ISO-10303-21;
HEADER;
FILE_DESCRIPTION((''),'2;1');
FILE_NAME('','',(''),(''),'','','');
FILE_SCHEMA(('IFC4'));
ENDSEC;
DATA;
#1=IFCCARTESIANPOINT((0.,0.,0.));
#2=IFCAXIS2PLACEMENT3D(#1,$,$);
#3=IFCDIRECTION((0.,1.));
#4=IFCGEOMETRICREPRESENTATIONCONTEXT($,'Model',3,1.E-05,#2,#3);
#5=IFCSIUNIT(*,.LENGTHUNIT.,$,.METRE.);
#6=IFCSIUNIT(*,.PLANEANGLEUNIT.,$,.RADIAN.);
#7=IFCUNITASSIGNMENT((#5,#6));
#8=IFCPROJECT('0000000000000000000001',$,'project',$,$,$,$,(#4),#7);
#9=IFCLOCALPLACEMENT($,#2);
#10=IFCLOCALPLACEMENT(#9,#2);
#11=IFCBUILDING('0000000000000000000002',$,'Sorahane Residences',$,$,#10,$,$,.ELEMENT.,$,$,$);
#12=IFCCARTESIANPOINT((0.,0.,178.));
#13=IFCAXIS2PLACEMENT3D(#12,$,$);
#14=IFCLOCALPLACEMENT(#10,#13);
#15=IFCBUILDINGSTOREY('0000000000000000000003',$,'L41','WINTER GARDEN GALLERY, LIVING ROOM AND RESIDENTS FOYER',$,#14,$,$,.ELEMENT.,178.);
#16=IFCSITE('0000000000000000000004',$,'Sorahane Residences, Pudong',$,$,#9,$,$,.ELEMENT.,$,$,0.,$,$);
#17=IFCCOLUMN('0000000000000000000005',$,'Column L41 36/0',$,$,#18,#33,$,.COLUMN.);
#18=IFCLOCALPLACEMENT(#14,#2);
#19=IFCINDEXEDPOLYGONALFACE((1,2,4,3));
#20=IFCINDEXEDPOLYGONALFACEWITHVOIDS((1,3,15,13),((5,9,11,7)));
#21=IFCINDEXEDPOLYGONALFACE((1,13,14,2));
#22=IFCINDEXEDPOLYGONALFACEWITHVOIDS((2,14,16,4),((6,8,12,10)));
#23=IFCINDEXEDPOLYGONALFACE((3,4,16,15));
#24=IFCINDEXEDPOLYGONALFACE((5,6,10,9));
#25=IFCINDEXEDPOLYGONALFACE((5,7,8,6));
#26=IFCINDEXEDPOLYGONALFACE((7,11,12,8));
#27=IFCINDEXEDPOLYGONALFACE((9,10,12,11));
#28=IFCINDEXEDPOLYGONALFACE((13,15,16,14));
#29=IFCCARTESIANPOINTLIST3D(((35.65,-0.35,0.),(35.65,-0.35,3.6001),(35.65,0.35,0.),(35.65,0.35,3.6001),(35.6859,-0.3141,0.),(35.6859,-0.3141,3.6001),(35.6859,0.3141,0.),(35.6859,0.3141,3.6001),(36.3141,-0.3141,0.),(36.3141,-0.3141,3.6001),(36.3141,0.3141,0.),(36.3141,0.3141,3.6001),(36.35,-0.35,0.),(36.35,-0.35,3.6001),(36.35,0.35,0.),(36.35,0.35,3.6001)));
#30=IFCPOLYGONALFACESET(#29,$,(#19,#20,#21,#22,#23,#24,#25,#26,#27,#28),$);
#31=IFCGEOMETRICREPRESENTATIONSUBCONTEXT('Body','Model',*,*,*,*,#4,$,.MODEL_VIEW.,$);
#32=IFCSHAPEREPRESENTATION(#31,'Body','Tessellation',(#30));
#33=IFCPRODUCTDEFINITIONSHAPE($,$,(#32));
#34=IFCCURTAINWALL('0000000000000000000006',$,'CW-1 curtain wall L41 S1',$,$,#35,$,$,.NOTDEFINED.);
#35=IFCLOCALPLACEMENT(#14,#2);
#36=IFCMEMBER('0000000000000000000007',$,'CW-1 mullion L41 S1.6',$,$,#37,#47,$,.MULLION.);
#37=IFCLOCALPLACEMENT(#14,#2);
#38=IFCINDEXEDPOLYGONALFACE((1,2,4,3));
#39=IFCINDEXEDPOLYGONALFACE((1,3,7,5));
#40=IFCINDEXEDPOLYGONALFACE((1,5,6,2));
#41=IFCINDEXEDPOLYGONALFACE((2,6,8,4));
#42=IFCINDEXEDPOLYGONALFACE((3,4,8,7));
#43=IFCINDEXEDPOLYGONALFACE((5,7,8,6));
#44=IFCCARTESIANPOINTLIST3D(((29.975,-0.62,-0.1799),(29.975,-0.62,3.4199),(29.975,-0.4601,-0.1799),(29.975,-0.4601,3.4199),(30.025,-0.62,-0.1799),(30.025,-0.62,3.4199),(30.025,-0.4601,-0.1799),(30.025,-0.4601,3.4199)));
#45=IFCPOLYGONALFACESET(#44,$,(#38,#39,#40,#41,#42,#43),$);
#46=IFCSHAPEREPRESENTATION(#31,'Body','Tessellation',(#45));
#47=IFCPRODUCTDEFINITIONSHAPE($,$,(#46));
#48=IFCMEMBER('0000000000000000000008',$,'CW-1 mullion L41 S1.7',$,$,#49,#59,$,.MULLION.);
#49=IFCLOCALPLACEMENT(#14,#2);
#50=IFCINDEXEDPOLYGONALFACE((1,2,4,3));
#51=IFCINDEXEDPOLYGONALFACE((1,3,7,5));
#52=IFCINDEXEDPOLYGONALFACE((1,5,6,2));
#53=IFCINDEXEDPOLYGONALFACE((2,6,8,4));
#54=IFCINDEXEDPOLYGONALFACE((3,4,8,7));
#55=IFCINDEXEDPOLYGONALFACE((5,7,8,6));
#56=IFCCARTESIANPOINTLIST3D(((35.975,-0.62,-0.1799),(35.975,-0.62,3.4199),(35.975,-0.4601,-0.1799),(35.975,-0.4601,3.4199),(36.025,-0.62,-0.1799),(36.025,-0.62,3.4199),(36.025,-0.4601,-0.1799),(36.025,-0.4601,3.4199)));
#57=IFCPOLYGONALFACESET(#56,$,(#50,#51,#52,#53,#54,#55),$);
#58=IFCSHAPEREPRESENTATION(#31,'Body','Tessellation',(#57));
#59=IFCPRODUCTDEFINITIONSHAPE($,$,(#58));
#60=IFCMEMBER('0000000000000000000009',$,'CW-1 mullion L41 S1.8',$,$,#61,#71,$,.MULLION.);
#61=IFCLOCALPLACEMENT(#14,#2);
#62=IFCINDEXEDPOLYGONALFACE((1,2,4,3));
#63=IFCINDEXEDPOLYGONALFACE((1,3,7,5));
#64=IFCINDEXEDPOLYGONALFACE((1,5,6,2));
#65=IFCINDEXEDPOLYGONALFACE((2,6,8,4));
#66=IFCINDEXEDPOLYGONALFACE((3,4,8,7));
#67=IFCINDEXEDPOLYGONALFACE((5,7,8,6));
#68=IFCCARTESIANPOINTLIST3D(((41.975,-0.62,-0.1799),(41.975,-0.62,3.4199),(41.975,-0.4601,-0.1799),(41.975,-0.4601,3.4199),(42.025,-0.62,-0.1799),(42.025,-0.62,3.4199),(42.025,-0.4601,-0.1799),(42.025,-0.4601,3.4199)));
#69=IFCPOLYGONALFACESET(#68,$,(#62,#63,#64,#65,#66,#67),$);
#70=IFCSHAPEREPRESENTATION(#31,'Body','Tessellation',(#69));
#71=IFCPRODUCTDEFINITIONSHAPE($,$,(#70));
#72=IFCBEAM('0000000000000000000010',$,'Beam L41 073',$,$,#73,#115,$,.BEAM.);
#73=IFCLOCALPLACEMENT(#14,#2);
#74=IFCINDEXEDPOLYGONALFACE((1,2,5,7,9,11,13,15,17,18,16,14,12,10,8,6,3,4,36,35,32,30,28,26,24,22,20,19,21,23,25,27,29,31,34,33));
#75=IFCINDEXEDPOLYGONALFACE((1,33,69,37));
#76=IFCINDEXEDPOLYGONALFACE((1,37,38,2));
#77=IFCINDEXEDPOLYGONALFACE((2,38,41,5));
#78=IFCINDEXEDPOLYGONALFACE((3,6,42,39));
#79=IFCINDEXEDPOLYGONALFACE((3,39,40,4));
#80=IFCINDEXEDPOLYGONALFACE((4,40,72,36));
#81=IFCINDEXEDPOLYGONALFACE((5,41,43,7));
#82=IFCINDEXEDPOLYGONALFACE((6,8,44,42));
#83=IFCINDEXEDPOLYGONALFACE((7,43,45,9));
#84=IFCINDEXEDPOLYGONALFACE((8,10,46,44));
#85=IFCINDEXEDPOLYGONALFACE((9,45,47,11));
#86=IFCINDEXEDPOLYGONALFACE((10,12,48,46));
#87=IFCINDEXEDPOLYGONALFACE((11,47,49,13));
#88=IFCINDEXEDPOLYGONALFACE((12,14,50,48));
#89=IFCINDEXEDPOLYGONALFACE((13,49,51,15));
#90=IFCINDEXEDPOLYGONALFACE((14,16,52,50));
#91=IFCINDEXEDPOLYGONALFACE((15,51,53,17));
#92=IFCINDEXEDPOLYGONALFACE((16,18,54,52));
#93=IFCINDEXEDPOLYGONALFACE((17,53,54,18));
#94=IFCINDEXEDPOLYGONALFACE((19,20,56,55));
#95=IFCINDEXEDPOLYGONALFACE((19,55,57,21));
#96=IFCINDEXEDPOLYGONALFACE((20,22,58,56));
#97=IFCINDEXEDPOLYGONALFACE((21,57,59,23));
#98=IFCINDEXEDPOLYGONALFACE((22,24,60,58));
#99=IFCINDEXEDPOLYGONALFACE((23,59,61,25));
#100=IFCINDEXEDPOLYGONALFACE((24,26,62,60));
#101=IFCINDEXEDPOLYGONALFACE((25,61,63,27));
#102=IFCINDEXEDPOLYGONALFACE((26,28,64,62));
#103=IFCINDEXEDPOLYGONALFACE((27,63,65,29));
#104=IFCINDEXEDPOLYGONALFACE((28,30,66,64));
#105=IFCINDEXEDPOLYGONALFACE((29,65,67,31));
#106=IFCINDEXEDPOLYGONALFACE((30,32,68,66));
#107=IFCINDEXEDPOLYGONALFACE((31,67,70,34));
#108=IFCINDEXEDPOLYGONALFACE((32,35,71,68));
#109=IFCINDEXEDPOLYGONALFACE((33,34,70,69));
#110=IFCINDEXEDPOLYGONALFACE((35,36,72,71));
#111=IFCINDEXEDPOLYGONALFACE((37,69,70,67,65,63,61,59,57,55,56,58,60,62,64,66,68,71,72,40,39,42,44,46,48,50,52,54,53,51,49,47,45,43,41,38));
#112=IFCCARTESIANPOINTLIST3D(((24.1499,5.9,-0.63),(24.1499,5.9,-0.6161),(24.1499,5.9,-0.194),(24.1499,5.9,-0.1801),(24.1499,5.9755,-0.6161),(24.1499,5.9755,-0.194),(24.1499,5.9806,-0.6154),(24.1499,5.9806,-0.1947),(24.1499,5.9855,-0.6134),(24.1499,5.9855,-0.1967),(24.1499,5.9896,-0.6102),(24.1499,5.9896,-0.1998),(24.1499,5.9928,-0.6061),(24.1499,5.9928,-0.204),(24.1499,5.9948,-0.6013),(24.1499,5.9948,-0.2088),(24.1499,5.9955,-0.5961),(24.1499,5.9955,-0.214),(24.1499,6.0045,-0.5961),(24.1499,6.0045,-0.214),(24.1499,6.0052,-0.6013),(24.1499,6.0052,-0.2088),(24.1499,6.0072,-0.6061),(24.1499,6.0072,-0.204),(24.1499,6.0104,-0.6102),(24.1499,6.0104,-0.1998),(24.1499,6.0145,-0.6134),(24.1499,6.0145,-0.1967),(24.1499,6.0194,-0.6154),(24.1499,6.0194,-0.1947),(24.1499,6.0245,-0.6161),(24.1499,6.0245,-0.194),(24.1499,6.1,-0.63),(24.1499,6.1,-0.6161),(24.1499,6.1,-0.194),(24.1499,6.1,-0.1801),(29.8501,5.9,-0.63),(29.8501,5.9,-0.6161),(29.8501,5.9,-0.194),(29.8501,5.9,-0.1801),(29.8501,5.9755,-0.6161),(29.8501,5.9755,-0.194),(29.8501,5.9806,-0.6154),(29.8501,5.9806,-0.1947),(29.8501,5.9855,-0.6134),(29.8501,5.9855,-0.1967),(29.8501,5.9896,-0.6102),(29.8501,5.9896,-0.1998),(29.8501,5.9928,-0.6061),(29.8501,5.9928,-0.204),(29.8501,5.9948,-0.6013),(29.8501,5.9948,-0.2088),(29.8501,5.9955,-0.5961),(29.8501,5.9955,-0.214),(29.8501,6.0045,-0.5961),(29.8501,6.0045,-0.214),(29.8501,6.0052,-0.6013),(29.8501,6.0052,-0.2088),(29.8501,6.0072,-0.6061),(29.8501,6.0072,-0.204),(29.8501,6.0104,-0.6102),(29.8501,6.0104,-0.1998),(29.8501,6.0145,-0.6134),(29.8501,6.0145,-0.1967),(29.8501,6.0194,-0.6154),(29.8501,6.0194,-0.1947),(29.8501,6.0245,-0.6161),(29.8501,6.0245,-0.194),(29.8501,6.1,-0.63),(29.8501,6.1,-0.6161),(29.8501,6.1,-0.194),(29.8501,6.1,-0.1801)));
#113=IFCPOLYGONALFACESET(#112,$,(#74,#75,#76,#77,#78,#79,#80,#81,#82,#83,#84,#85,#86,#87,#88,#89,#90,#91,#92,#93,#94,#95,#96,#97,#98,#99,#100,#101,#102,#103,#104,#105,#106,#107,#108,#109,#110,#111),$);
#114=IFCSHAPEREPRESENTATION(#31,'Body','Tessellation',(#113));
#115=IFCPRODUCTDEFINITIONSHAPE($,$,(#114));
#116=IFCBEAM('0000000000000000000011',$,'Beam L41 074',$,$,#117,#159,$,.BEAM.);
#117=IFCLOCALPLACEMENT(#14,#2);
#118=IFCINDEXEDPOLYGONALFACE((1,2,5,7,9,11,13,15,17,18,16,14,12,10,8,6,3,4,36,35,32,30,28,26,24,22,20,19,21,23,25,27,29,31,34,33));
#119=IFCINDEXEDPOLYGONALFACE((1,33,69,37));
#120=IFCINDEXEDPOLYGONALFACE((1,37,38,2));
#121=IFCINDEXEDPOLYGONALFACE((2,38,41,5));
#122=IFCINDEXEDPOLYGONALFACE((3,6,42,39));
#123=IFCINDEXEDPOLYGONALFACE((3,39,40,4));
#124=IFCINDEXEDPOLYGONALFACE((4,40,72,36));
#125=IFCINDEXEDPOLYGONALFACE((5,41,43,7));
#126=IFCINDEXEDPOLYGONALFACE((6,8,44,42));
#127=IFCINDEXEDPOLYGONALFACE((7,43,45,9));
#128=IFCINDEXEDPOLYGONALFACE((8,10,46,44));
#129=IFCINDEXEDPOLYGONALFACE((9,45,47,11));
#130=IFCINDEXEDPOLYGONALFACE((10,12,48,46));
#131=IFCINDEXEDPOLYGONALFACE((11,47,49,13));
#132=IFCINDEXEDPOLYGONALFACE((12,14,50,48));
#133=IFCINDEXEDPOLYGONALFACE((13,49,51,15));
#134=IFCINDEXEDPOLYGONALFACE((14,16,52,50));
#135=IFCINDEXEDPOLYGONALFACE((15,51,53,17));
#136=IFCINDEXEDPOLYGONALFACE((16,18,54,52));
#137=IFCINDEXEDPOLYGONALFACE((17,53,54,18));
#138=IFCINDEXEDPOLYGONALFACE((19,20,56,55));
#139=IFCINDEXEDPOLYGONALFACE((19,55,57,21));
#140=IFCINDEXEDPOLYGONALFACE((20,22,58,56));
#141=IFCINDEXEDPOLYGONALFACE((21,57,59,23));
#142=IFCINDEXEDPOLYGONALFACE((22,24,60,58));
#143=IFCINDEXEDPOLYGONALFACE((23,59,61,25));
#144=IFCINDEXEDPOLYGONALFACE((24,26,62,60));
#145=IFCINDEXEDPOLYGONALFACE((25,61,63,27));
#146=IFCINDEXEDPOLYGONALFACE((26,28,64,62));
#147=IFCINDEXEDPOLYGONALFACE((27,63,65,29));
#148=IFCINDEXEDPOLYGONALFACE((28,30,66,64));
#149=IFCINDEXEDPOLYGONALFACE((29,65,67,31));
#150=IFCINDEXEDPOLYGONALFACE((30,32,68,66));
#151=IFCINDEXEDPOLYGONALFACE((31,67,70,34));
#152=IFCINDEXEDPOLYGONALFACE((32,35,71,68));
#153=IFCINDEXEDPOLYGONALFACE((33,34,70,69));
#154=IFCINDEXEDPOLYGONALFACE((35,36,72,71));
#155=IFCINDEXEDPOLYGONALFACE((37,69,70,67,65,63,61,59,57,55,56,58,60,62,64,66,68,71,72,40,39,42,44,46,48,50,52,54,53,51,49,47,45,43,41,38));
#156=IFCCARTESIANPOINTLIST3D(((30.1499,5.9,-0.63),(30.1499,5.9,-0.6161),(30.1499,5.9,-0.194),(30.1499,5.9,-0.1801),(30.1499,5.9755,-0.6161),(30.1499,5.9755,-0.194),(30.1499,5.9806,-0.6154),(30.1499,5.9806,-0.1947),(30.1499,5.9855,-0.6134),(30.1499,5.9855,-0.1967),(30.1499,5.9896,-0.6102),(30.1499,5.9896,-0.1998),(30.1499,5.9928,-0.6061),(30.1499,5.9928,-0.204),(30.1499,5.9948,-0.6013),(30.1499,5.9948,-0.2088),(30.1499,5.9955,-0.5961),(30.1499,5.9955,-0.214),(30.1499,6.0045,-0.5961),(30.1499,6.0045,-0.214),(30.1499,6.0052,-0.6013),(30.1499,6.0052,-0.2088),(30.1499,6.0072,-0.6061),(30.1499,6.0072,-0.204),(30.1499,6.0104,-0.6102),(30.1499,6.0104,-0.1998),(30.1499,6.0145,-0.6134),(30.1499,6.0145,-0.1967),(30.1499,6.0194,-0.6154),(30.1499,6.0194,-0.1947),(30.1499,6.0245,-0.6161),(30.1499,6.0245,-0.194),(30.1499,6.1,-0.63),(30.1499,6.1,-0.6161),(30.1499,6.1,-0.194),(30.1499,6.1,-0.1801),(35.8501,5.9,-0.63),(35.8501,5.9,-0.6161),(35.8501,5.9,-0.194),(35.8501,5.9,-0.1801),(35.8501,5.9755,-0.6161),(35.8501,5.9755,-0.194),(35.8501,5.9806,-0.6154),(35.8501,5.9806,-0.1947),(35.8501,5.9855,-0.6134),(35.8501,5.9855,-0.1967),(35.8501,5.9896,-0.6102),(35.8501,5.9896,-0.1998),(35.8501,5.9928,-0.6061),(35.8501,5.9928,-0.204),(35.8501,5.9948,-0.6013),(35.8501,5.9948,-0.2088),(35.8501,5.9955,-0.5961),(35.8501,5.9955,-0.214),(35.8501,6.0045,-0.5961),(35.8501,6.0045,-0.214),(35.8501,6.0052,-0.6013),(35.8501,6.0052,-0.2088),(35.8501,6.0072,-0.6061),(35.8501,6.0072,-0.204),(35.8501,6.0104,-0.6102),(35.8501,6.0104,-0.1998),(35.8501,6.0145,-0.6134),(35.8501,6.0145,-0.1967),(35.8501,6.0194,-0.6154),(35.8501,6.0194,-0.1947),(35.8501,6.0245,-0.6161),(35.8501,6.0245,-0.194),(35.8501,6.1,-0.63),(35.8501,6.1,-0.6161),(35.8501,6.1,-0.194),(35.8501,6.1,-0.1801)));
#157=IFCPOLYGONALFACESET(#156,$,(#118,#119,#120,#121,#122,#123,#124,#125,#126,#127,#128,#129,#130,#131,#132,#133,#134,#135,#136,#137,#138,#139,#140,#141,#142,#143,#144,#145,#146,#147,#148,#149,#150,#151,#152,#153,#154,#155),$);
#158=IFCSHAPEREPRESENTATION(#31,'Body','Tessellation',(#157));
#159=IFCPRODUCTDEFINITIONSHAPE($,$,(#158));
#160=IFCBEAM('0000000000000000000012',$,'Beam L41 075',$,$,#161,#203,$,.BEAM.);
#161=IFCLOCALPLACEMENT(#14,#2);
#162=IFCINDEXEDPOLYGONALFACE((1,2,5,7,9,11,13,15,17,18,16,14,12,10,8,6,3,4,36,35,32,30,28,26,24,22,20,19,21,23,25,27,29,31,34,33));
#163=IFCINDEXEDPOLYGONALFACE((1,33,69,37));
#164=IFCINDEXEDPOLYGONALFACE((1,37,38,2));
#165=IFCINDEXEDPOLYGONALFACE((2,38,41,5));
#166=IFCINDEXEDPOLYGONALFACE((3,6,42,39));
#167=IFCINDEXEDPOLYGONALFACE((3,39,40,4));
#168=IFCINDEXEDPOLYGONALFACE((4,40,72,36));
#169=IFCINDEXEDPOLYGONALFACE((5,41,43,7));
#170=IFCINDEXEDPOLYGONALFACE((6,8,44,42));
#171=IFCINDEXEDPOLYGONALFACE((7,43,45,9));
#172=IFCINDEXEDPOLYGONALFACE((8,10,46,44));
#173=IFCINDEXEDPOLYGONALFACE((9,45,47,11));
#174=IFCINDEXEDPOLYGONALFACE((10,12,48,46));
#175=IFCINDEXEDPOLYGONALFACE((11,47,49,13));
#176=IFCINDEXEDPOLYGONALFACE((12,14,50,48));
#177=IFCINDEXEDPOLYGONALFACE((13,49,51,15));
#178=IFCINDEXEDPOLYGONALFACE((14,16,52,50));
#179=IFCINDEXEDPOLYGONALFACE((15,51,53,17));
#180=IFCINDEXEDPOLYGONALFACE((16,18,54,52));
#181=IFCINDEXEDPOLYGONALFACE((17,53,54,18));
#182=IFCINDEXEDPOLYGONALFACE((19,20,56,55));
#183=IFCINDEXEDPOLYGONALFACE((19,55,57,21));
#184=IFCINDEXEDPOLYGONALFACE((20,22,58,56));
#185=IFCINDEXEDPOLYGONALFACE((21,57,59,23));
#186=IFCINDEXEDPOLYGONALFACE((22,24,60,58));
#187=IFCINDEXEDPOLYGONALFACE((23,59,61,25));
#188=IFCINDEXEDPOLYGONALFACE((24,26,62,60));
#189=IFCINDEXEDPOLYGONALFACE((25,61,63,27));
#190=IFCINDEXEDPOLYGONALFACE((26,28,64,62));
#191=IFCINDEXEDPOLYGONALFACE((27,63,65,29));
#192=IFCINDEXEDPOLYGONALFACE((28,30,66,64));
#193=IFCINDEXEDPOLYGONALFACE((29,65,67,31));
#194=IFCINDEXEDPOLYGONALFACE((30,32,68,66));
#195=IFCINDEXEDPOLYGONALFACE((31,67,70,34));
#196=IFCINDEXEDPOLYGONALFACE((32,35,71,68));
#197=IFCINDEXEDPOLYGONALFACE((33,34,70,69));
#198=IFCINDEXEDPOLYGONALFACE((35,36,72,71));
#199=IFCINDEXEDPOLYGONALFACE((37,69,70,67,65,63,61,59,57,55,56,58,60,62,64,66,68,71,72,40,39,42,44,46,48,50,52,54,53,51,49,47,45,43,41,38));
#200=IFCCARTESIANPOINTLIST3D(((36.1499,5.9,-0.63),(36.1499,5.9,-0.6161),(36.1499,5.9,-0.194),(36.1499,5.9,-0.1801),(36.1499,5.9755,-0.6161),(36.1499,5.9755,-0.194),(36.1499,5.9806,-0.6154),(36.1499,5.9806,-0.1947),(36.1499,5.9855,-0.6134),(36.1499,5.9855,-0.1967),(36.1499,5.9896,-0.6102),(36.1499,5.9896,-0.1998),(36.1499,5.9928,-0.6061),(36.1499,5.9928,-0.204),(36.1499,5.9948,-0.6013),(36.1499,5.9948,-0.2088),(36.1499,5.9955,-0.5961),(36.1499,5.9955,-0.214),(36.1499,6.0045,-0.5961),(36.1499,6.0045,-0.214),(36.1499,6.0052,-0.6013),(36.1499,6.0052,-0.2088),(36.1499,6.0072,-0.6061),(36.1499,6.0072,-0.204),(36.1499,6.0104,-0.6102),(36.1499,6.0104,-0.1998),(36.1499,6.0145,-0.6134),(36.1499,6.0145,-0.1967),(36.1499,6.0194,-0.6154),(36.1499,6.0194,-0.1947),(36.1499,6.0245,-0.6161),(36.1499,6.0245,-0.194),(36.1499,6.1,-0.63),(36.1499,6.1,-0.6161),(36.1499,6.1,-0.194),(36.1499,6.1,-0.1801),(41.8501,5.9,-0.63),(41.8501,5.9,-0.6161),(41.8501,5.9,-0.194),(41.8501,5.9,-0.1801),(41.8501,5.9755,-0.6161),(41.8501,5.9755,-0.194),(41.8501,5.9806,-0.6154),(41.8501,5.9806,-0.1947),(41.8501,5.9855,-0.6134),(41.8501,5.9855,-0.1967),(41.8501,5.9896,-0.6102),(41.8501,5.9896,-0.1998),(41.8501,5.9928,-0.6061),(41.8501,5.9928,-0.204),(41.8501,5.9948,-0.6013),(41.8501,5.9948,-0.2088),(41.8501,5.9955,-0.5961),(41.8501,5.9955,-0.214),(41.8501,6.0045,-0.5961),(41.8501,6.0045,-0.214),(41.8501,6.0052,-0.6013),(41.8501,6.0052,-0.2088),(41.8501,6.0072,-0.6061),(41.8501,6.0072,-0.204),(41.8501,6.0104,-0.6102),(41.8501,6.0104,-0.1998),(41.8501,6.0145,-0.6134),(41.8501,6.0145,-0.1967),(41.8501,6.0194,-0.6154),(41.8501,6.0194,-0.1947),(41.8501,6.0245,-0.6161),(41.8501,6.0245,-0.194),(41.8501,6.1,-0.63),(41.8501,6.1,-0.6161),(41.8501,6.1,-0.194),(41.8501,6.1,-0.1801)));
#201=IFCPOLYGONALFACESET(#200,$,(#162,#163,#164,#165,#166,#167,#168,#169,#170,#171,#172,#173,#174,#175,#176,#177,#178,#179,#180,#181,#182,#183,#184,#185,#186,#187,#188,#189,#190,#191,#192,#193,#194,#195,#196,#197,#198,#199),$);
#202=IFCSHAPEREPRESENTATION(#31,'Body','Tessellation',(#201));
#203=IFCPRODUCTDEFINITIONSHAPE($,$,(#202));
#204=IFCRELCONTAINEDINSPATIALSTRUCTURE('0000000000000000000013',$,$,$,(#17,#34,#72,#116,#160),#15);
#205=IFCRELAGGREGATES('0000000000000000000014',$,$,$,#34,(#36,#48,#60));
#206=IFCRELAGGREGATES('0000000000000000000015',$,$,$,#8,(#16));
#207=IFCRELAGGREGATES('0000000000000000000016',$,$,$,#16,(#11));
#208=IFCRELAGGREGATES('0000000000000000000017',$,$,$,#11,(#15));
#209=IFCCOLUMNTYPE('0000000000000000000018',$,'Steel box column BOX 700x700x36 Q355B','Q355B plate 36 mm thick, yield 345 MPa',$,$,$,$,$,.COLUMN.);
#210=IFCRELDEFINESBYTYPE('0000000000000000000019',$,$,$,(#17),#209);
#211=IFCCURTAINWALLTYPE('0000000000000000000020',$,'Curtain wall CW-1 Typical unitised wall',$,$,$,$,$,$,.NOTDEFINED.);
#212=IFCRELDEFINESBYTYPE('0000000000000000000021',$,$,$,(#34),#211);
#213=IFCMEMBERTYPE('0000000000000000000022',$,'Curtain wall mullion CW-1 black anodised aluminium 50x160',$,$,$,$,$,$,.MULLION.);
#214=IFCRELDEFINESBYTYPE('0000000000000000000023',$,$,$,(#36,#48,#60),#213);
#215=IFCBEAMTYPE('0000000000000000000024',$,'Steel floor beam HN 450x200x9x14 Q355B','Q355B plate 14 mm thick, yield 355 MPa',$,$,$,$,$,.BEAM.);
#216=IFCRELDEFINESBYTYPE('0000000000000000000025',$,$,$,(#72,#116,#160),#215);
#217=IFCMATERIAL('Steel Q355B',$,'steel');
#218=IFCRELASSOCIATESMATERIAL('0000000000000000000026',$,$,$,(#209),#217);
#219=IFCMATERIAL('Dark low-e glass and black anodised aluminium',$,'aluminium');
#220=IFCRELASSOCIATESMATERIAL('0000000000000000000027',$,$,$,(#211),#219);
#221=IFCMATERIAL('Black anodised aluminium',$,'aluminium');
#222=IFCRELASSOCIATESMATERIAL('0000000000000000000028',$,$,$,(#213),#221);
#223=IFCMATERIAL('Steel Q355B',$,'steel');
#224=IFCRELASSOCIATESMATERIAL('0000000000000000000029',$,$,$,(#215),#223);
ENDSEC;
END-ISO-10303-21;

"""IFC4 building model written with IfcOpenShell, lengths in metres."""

from ifc_helpers import new_model, si_unit, direction, frame, origin, origin_2d, place, context, subcontext, project, spatial, rectangle, hollow_rectangle, i_section, extrude, material, material_profile, profile_set, type_object, element, aggregate, save


model = new_model("IFC4")

# Units and contexts
model_context = context("Model", 3, precision=1e-05, world=origin(), true_north=direction((0.0, 1.0)))
body_context = subcontext(model_context, "Body", "Model", "MODEL_VIEW")
ifc_project = project(units=[si_unit("LENGTHUNIT", "METRE"), si_unit("PLANEANGLEUNIT", "RADIAN")], contexts=[model_context])

# Site, building, storey
site_placement = place(None, origin())
site = spatial("IfcSite", under=ifc_project, at=site_placement, Name="Sorahane Residences, Pudong", CompositionType="ELEMENT", RefElevation=0.0)
building_placement = place(site_placement, origin())
building = spatial("IfcBuilding", under=site, at=building_placement, Name="Sorahane Residences", CompositionType="ELEMENT")
storey_placement = place(building_placement, frame((0.0, 0.0, 178.0)))
storey = spatial("IfcBuildingStorey", under=building, at=storey_placement, Name="L41", Description="WINTER GARDEN GALLERY, LIVING ROOM AND RESIDENTS FOYER", CompositionType="ELEMENT", Elevation=178.0)

# Column
ifc_material_1 = material(Name="Steel Q355B", Category="steel")
ifc_material_profile_1 = material_profile(ifc_material_1, hollow_rectangle(XDim=0.7, YDim=0.7, WallThickness=0.0359, at=origin_2d()), Name="BOX 700x700x36")
ifc_profile_set_1 = profile_set([ifc_material_profile_1], Name="Steel Q355B")
column_type = type_object("IfcColumnType", Name="Steel box column BOX 700x700x36 Q355B", Description="Q355B plate 36 mm thick, yield 345 MPa", PredefinedType="COLUMN", material=ifc_profile_set_1)
column_placement = place(storey_placement, frame((36.0, 0.0, 0.0), z_axis=(0.0, 0.0, 1.0), x_axis=(1.0, 0.0, 0.0)))
element("IfcColumn", 1, at=column_placement, inside=storey, type_object=column_type, Name="Column L41 36/0", PredefinedType="COLUMN", context=body_context, shape_type="SweptSolid", body=[
    extrude(hollow_rectangle(XDim=0.7, YDim=0.7, WallThickness=0.0359, at=origin_2d()), origin(), (0.0, 0.0, 1.0), 3.6001),
])

# Curtain wall, members
ifc_material_2 = material(Name="Dark low-e glass and black anodised aluminium", Category="aluminium")
curtain_wall_type = type_object("IfcCurtainWallType", Name="Curtain wall CW-1 Typical unitised wall", PredefinedType="NOTDEFINED", material=ifc_material_2)
curtain_wall_placement = place(storey_placement, origin())
curtain_wall = element("IfcCurtainWall", 2, at=curtain_wall_placement, inside=storey, type_object=curtain_wall_type, Name="CW-1 curtain wall L41 S1", PredefinedType="NOTDEFINED")
ifc_material_3 = material(Name="Black anodised aluminium", Category="aluminium")
ifc_material_profile_2 = material_profile(ifc_material_3, rectangle(XDim=0.1599, YDim=0.05, at=origin_2d()), Name="Curtain wall mullion CW-1 black anodised aluminium 50x160")
ifc_profile_set_2 = profile_set([ifc_material_profile_2], Name="Black anodised aluminium")
member_type = type_object("IfcMemberType", Name="Curtain wall mullion CW-1 black anodised aluminium 50x160", PredefinedType="MULLION", material=ifc_profile_set_2)
member_1_placement = place(storey_placement, frame((30.0, -0.54, -0.1799), z_axis=(0.0, 0.0, 1.0), x_axis=(0.0, -1.0, 0.0)))
member_1 = element("IfcMember", 3, at=member_1_placement, type_object=member_type, Name="CW-1 mullion L41 S1.6", PredefinedType="MULLION", context=body_context, shape_type="SweptSolid", body=[
    extrude(rectangle(XDim=0.1599, YDim=0.05, at=origin_2d()), origin(), (0.0, 0.0, 1.0), 3.5999),
])
member_2_placement = place(storey_placement, frame((36.0, -0.54, -0.1799), z_axis=(0.0, 0.0, 1.0), x_axis=(0.0, -1.0, 0.0)))
member_2 = element("IfcMember", 4, at=member_2_placement, type_object=member_type, Name="CW-1 mullion L41 S1.7", PredefinedType="MULLION", context=body_context, shape_type="SweptSolid", body=[
    extrude(rectangle(XDim=0.1599, YDim=0.05, at=origin_2d()), origin(), (0.0, 0.0, 1.0), 3.5999),
])
member_3_placement = place(storey_placement, frame((42.0, -0.54, -0.1799), z_axis=(0.0, 0.0, 1.0), x_axis=(0.0, -1.0, 0.0)))
member_3 = element("IfcMember", 5, at=member_3_placement, type_object=member_type, Name="CW-1 mullion L41 S1.8", PredefinedType="MULLION", context=body_context, shape_type="SweptSolid", body=[
    extrude(rectangle(XDim=0.1599, YDim=0.05, at=origin_2d()), origin(), (0.0, 0.0, 1.0), 3.5999),
])

# Beams
ifc_material_4 = material(Name="Steel Q355B", Category="steel")
ifc_material_profile_3 = material_profile(ifc_material_4, i_section(OverallWidth=0.2, OverallDepth=0.45, WebThickness=0.009, FlangeThickness=0.0139, FilletRadius=0.02, at=origin_2d()), Name="HN 450x200x9x14")
ifc_profile_set_3 = profile_set([ifc_material_profile_3], Name="Steel Q355B")
beam_type_1 = type_object("IfcBeamType", Name="Steel floor beam HN 450x200x9x14 Q355B", Description="Q355B plate 14 mm thick, yield 355 MPa", PredefinedType="BEAM", material=ifc_profile_set_3)
for number, where, z_axis, x_axis, name in (
    (6, (24.1499, 6.0, -0.405), (1.0, 0.0, 0.0), (0.0, 1.0, 0.0), "Beam L41 073"),
    (7, (30.1499, 6.0, -0.405), (1.0, 0.0, 0.0), (0.0, 1.0, 0.0), "Beam L41 074"),
    (8, (36.1499, 6.0, -0.405), (1.0, 0.0, 0.0), (0.0, 1.0, 0.0), "Beam L41 075"),
):
    element("IfcBeam", number, at=place(storey_placement, frame(where, z_axis=z_axis, x_axis=x_axis)), inside=storey, type_object=beam_type_1, Name=name, PredefinedType="BEAM", context=body_context, shape_type="SweptSolid", body=[
        extrude(i_section(OverallWidth=0.2, OverallDepth=0.45, WebThickness=0.009, FlangeThickness=0.0139, FilletRadius=0.02, at=origin_2d()), origin(), (0.0, 0.0, 1.0), 5.7002),
    ])

aggregate(curtain_wall, [member_1, member_2, member_3])

save(model, "model.ifc")
